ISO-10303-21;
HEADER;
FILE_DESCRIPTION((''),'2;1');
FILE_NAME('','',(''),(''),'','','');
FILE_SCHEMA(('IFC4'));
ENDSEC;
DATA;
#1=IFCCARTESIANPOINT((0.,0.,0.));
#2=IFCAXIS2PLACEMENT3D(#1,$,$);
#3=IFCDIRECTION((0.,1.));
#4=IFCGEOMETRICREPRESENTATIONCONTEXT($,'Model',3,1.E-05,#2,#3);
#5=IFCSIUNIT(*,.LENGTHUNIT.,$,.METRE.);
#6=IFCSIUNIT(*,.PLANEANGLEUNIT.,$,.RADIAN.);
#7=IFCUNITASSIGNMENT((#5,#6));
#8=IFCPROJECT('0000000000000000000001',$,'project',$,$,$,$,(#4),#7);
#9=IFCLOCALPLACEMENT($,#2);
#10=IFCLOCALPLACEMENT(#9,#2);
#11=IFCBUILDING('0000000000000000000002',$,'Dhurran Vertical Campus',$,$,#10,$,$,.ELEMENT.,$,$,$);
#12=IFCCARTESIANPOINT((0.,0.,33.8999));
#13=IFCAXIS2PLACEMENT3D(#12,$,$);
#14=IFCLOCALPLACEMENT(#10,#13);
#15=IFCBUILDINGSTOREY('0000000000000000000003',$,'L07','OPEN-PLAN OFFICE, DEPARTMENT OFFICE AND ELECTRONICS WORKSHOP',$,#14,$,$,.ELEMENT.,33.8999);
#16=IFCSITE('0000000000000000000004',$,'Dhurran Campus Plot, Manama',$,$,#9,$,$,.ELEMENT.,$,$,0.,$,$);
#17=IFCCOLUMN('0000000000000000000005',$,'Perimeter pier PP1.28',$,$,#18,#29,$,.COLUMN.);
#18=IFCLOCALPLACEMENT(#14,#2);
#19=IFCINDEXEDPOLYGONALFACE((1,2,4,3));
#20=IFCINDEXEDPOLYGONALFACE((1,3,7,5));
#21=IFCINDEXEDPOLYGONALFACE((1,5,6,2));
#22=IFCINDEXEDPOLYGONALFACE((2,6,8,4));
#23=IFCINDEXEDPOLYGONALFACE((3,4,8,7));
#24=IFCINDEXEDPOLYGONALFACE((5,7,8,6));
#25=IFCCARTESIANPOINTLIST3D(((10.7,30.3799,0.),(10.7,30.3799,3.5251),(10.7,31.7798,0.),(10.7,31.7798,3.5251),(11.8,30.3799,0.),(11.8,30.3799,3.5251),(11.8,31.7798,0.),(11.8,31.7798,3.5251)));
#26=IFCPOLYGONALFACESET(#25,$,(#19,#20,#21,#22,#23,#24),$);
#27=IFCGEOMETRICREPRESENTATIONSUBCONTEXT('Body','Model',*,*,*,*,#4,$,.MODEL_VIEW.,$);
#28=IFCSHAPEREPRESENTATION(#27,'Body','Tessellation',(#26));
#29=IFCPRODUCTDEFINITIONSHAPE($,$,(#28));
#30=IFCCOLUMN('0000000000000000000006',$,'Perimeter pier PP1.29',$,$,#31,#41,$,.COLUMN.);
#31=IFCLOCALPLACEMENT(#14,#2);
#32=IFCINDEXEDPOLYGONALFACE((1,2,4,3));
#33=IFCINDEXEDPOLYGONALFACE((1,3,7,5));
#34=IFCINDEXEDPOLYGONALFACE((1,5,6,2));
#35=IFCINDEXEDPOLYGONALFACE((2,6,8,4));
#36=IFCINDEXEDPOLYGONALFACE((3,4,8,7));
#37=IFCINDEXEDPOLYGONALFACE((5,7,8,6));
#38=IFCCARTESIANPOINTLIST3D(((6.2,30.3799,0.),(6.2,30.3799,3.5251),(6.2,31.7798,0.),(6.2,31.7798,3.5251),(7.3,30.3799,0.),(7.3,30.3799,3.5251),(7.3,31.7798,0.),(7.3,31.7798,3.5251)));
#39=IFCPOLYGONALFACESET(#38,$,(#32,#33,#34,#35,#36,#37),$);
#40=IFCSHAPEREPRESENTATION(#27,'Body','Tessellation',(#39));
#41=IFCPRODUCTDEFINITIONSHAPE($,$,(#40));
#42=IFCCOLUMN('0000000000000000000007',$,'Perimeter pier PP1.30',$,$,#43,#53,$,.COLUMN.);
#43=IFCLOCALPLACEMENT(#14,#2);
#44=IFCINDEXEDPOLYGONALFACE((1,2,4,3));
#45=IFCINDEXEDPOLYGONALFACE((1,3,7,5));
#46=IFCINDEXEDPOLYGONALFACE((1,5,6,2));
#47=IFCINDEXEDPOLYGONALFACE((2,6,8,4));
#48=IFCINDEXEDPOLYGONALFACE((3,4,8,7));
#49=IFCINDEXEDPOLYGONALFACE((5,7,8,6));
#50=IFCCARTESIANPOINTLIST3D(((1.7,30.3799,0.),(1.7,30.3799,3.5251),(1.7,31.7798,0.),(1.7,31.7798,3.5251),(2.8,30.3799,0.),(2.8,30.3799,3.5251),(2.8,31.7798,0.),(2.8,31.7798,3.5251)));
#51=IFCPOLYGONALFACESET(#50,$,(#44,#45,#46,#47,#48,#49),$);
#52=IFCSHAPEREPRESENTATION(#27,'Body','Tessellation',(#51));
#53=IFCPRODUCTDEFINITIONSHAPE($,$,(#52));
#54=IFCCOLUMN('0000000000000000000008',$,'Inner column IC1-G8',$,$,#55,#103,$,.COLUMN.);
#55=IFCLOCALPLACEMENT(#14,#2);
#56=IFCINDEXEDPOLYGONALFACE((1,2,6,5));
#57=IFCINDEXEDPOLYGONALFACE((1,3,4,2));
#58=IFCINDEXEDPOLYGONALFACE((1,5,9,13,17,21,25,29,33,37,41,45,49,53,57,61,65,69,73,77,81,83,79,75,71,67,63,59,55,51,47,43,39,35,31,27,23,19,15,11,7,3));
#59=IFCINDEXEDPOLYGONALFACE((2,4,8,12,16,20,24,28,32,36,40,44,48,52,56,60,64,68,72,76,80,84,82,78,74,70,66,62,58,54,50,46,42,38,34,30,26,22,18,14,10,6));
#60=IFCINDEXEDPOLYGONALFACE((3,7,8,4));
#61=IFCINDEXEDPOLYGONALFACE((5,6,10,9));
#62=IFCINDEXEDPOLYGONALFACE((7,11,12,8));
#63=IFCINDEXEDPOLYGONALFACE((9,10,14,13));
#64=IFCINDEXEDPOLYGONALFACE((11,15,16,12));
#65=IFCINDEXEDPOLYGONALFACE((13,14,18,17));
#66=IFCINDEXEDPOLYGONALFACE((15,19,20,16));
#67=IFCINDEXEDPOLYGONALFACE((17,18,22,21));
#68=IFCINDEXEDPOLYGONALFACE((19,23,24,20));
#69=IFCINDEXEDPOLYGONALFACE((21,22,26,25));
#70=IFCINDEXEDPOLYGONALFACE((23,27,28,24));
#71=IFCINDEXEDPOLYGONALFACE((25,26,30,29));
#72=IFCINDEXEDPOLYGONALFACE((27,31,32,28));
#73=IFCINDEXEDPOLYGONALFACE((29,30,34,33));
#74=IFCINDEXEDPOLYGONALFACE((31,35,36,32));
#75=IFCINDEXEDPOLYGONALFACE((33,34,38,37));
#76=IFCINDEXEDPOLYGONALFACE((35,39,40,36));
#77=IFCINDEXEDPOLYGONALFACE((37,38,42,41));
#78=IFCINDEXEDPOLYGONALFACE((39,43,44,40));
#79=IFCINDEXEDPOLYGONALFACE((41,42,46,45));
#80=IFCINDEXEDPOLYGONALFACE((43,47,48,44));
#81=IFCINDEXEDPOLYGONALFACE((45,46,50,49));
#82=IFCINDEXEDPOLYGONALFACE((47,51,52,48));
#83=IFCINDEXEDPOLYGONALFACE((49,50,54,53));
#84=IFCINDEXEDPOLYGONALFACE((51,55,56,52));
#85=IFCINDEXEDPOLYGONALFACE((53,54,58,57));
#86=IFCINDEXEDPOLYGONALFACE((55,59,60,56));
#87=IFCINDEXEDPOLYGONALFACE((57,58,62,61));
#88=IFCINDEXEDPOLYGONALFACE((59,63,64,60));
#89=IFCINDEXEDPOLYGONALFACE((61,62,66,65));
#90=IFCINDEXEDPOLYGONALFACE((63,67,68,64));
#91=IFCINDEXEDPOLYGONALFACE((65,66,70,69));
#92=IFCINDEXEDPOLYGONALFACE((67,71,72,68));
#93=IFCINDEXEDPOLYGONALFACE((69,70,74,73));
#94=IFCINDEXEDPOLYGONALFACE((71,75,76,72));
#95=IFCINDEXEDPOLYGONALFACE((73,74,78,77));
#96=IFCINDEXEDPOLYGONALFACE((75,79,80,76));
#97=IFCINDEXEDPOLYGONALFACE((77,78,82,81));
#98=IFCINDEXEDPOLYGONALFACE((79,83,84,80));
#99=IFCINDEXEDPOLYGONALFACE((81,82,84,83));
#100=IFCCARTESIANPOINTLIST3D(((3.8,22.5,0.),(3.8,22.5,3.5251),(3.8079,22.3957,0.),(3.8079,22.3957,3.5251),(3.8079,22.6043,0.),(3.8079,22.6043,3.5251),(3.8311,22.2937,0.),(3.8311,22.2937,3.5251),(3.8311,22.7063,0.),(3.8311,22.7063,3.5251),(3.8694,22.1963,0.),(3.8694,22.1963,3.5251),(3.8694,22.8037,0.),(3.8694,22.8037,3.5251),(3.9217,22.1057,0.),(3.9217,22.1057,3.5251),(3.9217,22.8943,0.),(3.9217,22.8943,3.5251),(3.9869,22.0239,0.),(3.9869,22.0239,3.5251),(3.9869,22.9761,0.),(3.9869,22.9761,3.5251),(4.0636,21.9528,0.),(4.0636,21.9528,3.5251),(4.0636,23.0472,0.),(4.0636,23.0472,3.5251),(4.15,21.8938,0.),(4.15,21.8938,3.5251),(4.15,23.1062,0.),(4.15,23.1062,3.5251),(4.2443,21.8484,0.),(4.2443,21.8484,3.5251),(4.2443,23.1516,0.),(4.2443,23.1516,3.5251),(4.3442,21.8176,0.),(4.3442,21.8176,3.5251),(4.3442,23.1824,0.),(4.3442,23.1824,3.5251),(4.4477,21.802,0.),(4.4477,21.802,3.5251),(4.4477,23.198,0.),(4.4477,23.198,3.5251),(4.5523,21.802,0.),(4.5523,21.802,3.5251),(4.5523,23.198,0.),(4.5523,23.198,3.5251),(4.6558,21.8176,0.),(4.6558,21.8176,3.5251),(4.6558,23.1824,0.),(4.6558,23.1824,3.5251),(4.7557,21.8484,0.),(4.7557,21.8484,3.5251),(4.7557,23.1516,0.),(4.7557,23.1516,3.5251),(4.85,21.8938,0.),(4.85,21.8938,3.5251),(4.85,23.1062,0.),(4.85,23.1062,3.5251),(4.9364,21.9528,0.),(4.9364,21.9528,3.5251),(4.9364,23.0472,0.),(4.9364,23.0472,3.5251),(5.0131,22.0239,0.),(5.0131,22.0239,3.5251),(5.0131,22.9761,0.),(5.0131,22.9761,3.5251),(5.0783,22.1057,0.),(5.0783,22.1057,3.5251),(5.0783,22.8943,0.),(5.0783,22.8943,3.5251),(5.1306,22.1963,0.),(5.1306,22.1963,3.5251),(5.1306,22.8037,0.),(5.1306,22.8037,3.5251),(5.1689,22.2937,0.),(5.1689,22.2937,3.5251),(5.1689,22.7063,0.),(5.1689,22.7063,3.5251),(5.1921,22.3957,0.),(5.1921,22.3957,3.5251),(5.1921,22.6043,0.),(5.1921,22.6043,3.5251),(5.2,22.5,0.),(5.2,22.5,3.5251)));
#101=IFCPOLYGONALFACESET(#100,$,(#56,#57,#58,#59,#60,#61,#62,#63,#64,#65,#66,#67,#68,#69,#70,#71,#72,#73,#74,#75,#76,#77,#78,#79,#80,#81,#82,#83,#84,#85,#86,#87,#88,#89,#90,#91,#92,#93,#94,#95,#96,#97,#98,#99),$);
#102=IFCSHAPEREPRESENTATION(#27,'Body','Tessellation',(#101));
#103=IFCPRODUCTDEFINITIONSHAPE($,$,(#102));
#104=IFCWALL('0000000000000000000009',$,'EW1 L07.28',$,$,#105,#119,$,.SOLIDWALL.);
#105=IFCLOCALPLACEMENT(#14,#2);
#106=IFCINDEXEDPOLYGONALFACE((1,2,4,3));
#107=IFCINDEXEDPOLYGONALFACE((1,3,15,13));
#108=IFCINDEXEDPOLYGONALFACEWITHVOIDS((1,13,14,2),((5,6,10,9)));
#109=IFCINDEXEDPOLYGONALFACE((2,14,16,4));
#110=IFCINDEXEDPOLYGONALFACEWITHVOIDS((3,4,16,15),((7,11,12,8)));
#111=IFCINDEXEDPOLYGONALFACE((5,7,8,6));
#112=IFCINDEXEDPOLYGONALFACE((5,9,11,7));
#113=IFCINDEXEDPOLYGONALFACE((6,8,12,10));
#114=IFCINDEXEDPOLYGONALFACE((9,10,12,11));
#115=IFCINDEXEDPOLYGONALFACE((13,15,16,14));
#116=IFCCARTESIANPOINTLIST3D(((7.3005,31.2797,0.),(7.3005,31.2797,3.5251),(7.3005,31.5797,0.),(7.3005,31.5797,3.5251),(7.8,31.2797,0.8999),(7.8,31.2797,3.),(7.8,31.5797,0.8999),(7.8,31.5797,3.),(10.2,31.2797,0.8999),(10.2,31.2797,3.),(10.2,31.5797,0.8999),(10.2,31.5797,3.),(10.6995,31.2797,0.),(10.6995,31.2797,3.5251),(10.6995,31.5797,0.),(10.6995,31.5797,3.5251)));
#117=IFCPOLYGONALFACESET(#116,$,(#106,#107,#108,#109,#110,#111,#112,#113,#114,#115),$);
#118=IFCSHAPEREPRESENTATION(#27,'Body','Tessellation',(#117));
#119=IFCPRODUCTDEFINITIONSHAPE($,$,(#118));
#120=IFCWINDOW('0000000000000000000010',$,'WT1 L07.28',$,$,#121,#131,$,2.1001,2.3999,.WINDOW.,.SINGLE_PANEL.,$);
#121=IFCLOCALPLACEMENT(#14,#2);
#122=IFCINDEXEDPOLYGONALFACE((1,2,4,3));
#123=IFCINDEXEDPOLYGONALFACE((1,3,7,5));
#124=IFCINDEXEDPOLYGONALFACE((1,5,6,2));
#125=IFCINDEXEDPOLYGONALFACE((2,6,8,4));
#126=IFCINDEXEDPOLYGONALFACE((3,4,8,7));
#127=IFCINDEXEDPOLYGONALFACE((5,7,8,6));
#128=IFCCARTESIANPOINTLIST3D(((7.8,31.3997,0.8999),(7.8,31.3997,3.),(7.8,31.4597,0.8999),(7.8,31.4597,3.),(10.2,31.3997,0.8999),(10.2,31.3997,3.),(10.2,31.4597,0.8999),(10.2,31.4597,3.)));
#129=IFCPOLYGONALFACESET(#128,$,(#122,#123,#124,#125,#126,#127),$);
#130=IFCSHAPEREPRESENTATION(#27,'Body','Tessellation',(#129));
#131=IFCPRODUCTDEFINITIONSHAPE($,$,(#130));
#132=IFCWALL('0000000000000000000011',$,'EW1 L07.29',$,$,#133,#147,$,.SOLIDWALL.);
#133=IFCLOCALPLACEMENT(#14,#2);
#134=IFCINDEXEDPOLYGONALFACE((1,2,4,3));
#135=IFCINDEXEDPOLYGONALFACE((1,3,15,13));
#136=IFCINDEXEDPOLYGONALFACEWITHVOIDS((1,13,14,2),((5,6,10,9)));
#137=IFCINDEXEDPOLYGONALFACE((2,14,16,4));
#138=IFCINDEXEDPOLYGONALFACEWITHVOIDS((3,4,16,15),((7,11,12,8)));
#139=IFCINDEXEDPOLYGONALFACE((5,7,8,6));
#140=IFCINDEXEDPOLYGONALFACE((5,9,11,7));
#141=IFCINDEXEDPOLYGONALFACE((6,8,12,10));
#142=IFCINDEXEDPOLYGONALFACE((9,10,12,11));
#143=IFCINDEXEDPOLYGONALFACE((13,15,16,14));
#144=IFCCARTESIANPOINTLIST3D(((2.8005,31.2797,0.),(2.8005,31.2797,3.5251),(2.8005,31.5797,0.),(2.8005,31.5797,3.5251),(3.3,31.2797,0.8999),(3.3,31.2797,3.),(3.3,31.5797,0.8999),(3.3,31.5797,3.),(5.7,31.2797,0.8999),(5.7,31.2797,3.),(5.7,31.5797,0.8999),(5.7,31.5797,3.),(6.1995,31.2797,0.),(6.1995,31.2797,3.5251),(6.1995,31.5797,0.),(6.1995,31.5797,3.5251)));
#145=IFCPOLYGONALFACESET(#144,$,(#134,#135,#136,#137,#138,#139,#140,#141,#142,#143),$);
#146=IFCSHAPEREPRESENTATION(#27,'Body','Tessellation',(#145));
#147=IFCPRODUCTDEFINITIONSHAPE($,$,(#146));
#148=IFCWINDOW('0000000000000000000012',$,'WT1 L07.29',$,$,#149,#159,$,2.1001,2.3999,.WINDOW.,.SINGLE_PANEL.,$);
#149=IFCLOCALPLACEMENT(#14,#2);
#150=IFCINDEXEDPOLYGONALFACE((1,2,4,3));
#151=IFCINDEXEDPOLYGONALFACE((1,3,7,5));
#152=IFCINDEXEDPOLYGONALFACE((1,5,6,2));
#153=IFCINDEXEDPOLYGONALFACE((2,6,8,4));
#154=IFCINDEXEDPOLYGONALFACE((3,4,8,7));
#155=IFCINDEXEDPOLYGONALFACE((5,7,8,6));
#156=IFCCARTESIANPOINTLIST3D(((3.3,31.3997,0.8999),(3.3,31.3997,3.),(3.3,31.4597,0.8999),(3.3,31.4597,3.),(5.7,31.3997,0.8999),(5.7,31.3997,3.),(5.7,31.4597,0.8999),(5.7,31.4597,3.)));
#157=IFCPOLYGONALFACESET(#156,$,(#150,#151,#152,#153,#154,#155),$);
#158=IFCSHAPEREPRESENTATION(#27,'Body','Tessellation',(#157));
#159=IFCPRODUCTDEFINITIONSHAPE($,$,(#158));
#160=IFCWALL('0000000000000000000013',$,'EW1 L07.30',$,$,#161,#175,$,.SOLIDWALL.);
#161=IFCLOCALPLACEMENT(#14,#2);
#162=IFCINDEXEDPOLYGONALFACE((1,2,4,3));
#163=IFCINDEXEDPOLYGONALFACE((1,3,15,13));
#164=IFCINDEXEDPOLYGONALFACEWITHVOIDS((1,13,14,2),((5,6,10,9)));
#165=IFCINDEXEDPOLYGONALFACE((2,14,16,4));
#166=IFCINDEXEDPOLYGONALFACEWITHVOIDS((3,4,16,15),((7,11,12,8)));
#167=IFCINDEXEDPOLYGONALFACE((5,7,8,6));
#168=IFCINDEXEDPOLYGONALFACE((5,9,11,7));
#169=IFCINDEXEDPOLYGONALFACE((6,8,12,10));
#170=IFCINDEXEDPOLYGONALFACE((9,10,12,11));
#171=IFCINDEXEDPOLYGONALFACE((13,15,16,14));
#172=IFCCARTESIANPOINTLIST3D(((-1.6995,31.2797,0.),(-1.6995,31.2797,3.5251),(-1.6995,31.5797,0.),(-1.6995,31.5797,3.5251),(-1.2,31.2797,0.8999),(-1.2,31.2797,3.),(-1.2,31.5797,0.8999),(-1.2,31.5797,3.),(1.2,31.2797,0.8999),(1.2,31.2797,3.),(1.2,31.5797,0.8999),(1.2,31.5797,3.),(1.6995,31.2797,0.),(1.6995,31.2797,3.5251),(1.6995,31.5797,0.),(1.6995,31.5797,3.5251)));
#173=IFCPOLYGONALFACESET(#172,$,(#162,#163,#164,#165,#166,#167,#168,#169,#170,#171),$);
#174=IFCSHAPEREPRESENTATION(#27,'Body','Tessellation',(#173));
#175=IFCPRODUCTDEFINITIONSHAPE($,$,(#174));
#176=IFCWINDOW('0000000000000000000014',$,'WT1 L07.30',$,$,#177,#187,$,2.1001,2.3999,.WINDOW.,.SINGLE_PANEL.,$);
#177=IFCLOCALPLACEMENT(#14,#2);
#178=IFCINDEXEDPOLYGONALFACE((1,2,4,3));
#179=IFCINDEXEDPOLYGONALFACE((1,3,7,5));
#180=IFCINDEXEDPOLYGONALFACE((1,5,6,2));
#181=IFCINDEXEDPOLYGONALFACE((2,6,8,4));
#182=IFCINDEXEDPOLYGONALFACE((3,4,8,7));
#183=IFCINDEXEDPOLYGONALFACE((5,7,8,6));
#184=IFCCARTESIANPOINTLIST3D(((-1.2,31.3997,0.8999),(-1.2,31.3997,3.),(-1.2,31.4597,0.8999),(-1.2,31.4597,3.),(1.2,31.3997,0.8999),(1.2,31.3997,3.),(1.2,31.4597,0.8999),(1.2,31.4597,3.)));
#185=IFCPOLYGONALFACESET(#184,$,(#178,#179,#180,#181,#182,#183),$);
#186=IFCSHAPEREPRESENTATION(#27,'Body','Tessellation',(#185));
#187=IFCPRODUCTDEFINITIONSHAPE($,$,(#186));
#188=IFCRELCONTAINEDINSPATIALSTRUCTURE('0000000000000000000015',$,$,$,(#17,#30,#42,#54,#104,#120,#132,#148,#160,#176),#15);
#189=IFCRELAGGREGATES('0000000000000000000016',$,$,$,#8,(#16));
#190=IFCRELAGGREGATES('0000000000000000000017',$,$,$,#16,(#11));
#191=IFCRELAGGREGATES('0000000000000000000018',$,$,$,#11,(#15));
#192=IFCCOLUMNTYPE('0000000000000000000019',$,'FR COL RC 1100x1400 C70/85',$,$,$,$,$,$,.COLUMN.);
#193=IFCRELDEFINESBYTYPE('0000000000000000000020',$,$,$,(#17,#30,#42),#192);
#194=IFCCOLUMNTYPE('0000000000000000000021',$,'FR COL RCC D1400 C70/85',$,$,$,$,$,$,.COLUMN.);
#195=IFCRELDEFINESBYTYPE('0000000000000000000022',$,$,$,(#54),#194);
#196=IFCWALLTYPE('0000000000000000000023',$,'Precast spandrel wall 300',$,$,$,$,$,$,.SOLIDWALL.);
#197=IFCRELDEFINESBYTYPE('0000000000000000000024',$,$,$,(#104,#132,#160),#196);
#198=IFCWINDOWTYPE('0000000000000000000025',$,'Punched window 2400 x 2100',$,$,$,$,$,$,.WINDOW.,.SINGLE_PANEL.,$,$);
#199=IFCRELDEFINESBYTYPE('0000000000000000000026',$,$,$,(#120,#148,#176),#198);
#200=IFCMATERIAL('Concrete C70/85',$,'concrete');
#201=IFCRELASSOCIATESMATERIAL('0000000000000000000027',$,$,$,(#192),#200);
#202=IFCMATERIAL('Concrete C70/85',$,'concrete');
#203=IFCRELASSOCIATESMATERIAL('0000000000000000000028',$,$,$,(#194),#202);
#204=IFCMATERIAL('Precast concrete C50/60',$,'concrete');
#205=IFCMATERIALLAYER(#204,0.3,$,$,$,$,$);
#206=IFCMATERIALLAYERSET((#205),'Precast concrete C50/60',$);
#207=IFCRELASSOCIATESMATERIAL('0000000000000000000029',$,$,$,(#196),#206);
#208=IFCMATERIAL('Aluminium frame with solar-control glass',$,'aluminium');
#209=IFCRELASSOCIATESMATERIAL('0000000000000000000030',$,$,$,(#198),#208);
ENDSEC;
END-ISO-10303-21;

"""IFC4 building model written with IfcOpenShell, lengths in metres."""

from ifc_helpers import new_model, si_unit, direction, frame, frame_2d, origin, origin_2d, place, context, subcontext, project, spatial, rectangle, circle, extrude, material, layer, layer_set, material_profile, profile_set, type_object, element, fill, save


model = new_model("IFC4")

# Units and contexts
model_context = context("Model", 3, precision=1e-05, world=origin(), true_north=direction((0.0, 1.0)))
body_context = subcontext(model_context, "Body", "Model", "MODEL_VIEW")
ifc_project = project(units=[si_unit("LENGTHUNIT", "METRE"), si_unit("PLANEANGLEUNIT", "RADIAN")], contexts=[model_context])

# Site, building, storey
site_placement = place(None, origin())
site = spatial("IfcSite", under=ifc_project, at=site_placement, Name="Dhurran Campus Plot, Manama", CompositionType="ELEMENT", RefElevation=0.0)
building_placement = place(site_placement, origin())
building = spatial("IfcBuilding", under=site, at=building_placement, Name="Dhurran Vertical Campus", CompositionType="ELEMENT")
storey_placement = place(building_placement, frame((0.0, 0.0, 33.8999)))
storey = spatial("IfcBuildingStorey", under=building, at=storey_placement, Name="L07", Description="OPEN-PLAN OFFICE, DEPARTMENT OFFICE AND ELECTRONICS WORKSHOP", CompositionType="ELEMENT", Elevation=33.8999)

# Columns
ifc_material_1 = material(Name="Concrete C70/85", Category="concrete")
ifc_material_profile_1 = material_profile(ifc_material_1, rectangle(XDim=1.1001, YDim=1.3999, at=origin_2d()), Name="RC 1100x1400")
ifc_profile_set_1 = profile_set([ifc_material_profile_1], Name="Concrete C70/85")
column_type_1 = type_object("IfcColumnType", Name="FR COL RC 1100x1400 C70/85", PredefinedType="COLUMN", material=ifc_profile_set_1)
for number, where, z_axis, x_axis, name in (
    (1, (11.25, 31.0798, 0.0), (0.0, 0.0, 1.0), (-1.0, 0.0, 0.0), "Perimeter pier PP1.28"),
    (2, (6.75, 31.0798, 0.0), (0.0, 0.0, 1.0), (-1.0, 0.0, 0.0), "Perimeter pier PP1.29"),
    (3, (2.25, 31.0798, 0.0), (0.0, 0.0, 1.0), (-1.0, 0.0, 0.0), "Perimeter pier PP1.30"),
):
    element("IfcColumn", number, at=place(storey_placement, frame(where, z_axis=z_axis, x_axis=x_axis)), inside=storey, type_object=column_type_1, Name=name, PredefinedType="COLUMN", context=body_context, shape_type="SweptSolid", body=[
        extrude(rectangle(XDim=1.1001, YDim=1.3999, at=origin_2d()), origin(), (0.0, 0.0, 1.0), 3.5251),
    ])
ifc_material_2 = material(Name="Concrete C70/85", Category="concrete")
ifc_material_profile_2 = material_profile(ifc_material_2, circle(Radius=0.7, at=origin_2d()), Name="RCC D1400")
ifc_profile_set_2 = profile_set([ifc_material_profile_2], Name="Concrete C70/85")
column_type_2 = type_object("IfcColumnType", Name="FR COL RCC D1400 C70/85", PredefinedType="COLUMN", material=ifc_profile_set_2)
column_placement = place(storey_placement, frame((4.5, 22.5, 0.0), z_axis=(0.0, 0.0, 1.0), x_axis=(1.0, 0.0, 0.0)))
element("IfcColumn", 4, at=column_placement, inside=storey, type_object=column_type_2, Name="Inner column IC1-G8", PredefinedType="COLUMN", context=body_context, shape_type="SweptSolid", body=[
    extrude(circle(Radius=0.7, at=origin_2d()), origin(), (0.0, 0.0, 1.0), 3.5251),
])

# Walls, openings, windows
ifc_material_3 = material(Name="Precast concrete C50/60", Category="concrete")
ifc_layer_1 = layer(ifc_material_3, 0.3)
ifc_layer_set_1 = layer_set([ifc_layer_1], Name="Precast concrete C50/60")
wall_type_1 = type_object("IfcWallType", Name="Precast spandrel wall 300", PredefinedType="SOLIDWALL", material=ifc_layer_set_1)
wall_1_placement = place(storey_placement, frame((10.6995, 31.4297, 0.0), z_axis=(0.0, 0.0, 1.0), x_axis=(-1.0, 0.0, 0.0)))
wall_1 = element("IfcWall", 5, at=wall_1_placement, inside=storey, type_object=wall_type_1, Name="EW1 L07.28", PredefinedType="SOLIDWALL", context=body_context, shape_type="SweptSolid", body=[
    extrude(rectangle(XDim=3.3989, YDim=0.3, at=frame_2d((1.6995, 0.0))), origin(), (0.0, 0.0, 1.0), 3.5251),
])
opening_1_placement = place(wall_1_placement, frame((0.4995, 0.0, 0.8999)))
opening_1 = element("IfcOpeningElement", 6, at=opening_1_placement, cuts=wall_1, PredefinedType="OPENING", context=body_context, shape_type="SweptSolid", body=[
    extrude(rectangle(XDim=2.3999, YDim=2.1001, at=frame_2d((1.2, 1.05))), frame((0.0, 0.1599, 0.0), z_axis=(0.0, -1.0, 0.0), x_axis=(1.0, 0.0, 0.0)), (0.0, 0.0, 1.0), 0.3201),
])
ifc_material_4 = material(Name="Aluminium frame with solar-control glass", Category="aluminium")
window_type = type_object("IfcWindowType", Name="Punched window 2400 x 2100", PartitioningType="SINGLE_PANEL", PredefinedType="WINDOW", material=ifc_material_4)
window_1_placement = place(opening_1_placement, origin())
window_1 = element("IfcWindow", 7, at=window_1_placement, inside=storey, type_object=window_type, Name="WT1 L07.28", OverallHeight=2.1001, OverallWidth=2.3999, PartitioningType="SINGLE_PANEL", PredefinedType="WINDOW", context=body_context, shape_type="SweptSolid", body=[
    extrude(rectangle(XDim=2.3999, YDim=2.1001, at=frame_2d((1.2, 1.05))), frame((0.0, 0.03, 0.0), z_axis=(0.0, -1.0, 0.0), x_axis=(1.0, 0.0, 0.0)), (0.0, 0.0, 1.0), 0.0601),
])
fill(opening_1, window_1)
wall_2_placement = place(storey_placement, frame((6.1995, 31.4297, 0.0), z_axis=(0.0, 0.0, 1.0), x_axis=(-1.0, 0.0, 0.0)))
wall_2 = element("IfcWall", 8, at=wall_2_placement, inside=storey, type_object=wall_type_1, Name="EW1 L07.29", PredefinedType="SOLIDWALL", context=body_context, shape_type="SweptSolid", body=[
    extrude(rectangle(XDim=3.3989, YDim=0.3, at=frame_2d((1.6995, 0.0))), origin(), (0.0, 0.0, 1.0), 3.5251),
])
opening_2_placement = place(wall_2_placement, frame((0.4995, 0.0, 0.8999)))
opening_2 = element("IfcOpeningElement", 9, at=opening_2_placement, cuts=wall_2, PredefinedType="OPENING", context=body_context, shape_type="SweptSolid", body=[
    extrude(rectangle(XDim=2.3999, YDim=2.1001, at=frame_2d((1.2, 1.05))), frame((0.0, 0.1599, 0.0), z_axis=(0.0, -1.0, 0.0), x_axis=(1.0, 0.0, 0.0)), (0.0, 0.0, 1.0), 0.3201),
])
window_2_placement = place(opening_2_placement, origin())
window_2 = element("IfcWindow", 10, at=window_2_placement, inside=storey, type_object=window_type, Name="WT1 L07.29", OverallHeight=2.1001, OverallWidth=2.3999, PartitioningType="SINGLE_PANEL", PredefinedType="WINDOW", context=body_context, shape_type="SweptSolid", body=[
    extrude(rectangle(XDim=2.3999, YDim=2.1001, at=frame_2d((1.2, 1.05))), frame((0.0, 0.03, 0.0), z_axis=(0.0, -1.0, 0.0), x_axis=(1.0, 0.0, 0.0)), (0.0, 0.0, 1.0), 0.0601),
])
fill(opening_2, window_2)
wall_3_placement = place(storey_placement, frame((1.6995, 31.4297, 0.0), z_axis=(0.0, 0.0, 1.0), x_axis=(-1.0, 0.0, 0.0)))
wall_3 = element("IfcWall", 11, at=wall_3_placement, inside=storey, type_object=wall_type_1, Name="EW1 L07.30", PredefinedType="SOLIDWALL", context=body_context, shape_type="SweptSolid", body=[
    extrude(rectangle(XDim=3.3989, YDim=0.3, at=frame_2d((1.6995, 0.0))), origin(), (0.0, 0.0, 1.0), 3.5251),
])
opening_3_placement = place(wall_3_placement, frame((0.4995, 0.0, 0.8999)))
opening_3 = element("IfcOpeningElement", 12, at=opening_3_placement, cuts=wall_3, PredefinedType="OPENING", context=body_context, shape_type="SweptSolid", body=[
    extrude(rectangle(XDim=2.3999, YDim=2.1001, at=frame_2d((1.2, 1.05))), frame((0.0, 0.1599, 0.0), z_axis=(0.0, -1.0, 0.0), x_axis=(1.0, 0.0, 0.0)), (0.0, 0.0, 1.0), 0.3201),
])
window_3_placement = place(opening_3_placement, origin())
window_3 = element("IfcWindow", 13, at=window_3_placement, inside=storey, type_object=window_type, Name="WT1 L07.30", OverallHeight=2.1001, OverallWidth=2.3999, PartitioningType="SINGLE_PANEL", PredefinedType="WINDOW", context=body_context, shape_type="SweptSolid", body=[
    extrude(rectangle(XDim=2.3999, YDim=2.1001, at=frame_2d((1.2, 1.05))), frame((0.0, 0.03, 0.0), z_axis=(0.0, -1.0, 0.0), x_axis=(1.0, 0.0, 0.0)), (0.0, 0.0, 1.0), 0.0601),
])
fill(opening_3, window_3)

save(model, "model.ifc")
